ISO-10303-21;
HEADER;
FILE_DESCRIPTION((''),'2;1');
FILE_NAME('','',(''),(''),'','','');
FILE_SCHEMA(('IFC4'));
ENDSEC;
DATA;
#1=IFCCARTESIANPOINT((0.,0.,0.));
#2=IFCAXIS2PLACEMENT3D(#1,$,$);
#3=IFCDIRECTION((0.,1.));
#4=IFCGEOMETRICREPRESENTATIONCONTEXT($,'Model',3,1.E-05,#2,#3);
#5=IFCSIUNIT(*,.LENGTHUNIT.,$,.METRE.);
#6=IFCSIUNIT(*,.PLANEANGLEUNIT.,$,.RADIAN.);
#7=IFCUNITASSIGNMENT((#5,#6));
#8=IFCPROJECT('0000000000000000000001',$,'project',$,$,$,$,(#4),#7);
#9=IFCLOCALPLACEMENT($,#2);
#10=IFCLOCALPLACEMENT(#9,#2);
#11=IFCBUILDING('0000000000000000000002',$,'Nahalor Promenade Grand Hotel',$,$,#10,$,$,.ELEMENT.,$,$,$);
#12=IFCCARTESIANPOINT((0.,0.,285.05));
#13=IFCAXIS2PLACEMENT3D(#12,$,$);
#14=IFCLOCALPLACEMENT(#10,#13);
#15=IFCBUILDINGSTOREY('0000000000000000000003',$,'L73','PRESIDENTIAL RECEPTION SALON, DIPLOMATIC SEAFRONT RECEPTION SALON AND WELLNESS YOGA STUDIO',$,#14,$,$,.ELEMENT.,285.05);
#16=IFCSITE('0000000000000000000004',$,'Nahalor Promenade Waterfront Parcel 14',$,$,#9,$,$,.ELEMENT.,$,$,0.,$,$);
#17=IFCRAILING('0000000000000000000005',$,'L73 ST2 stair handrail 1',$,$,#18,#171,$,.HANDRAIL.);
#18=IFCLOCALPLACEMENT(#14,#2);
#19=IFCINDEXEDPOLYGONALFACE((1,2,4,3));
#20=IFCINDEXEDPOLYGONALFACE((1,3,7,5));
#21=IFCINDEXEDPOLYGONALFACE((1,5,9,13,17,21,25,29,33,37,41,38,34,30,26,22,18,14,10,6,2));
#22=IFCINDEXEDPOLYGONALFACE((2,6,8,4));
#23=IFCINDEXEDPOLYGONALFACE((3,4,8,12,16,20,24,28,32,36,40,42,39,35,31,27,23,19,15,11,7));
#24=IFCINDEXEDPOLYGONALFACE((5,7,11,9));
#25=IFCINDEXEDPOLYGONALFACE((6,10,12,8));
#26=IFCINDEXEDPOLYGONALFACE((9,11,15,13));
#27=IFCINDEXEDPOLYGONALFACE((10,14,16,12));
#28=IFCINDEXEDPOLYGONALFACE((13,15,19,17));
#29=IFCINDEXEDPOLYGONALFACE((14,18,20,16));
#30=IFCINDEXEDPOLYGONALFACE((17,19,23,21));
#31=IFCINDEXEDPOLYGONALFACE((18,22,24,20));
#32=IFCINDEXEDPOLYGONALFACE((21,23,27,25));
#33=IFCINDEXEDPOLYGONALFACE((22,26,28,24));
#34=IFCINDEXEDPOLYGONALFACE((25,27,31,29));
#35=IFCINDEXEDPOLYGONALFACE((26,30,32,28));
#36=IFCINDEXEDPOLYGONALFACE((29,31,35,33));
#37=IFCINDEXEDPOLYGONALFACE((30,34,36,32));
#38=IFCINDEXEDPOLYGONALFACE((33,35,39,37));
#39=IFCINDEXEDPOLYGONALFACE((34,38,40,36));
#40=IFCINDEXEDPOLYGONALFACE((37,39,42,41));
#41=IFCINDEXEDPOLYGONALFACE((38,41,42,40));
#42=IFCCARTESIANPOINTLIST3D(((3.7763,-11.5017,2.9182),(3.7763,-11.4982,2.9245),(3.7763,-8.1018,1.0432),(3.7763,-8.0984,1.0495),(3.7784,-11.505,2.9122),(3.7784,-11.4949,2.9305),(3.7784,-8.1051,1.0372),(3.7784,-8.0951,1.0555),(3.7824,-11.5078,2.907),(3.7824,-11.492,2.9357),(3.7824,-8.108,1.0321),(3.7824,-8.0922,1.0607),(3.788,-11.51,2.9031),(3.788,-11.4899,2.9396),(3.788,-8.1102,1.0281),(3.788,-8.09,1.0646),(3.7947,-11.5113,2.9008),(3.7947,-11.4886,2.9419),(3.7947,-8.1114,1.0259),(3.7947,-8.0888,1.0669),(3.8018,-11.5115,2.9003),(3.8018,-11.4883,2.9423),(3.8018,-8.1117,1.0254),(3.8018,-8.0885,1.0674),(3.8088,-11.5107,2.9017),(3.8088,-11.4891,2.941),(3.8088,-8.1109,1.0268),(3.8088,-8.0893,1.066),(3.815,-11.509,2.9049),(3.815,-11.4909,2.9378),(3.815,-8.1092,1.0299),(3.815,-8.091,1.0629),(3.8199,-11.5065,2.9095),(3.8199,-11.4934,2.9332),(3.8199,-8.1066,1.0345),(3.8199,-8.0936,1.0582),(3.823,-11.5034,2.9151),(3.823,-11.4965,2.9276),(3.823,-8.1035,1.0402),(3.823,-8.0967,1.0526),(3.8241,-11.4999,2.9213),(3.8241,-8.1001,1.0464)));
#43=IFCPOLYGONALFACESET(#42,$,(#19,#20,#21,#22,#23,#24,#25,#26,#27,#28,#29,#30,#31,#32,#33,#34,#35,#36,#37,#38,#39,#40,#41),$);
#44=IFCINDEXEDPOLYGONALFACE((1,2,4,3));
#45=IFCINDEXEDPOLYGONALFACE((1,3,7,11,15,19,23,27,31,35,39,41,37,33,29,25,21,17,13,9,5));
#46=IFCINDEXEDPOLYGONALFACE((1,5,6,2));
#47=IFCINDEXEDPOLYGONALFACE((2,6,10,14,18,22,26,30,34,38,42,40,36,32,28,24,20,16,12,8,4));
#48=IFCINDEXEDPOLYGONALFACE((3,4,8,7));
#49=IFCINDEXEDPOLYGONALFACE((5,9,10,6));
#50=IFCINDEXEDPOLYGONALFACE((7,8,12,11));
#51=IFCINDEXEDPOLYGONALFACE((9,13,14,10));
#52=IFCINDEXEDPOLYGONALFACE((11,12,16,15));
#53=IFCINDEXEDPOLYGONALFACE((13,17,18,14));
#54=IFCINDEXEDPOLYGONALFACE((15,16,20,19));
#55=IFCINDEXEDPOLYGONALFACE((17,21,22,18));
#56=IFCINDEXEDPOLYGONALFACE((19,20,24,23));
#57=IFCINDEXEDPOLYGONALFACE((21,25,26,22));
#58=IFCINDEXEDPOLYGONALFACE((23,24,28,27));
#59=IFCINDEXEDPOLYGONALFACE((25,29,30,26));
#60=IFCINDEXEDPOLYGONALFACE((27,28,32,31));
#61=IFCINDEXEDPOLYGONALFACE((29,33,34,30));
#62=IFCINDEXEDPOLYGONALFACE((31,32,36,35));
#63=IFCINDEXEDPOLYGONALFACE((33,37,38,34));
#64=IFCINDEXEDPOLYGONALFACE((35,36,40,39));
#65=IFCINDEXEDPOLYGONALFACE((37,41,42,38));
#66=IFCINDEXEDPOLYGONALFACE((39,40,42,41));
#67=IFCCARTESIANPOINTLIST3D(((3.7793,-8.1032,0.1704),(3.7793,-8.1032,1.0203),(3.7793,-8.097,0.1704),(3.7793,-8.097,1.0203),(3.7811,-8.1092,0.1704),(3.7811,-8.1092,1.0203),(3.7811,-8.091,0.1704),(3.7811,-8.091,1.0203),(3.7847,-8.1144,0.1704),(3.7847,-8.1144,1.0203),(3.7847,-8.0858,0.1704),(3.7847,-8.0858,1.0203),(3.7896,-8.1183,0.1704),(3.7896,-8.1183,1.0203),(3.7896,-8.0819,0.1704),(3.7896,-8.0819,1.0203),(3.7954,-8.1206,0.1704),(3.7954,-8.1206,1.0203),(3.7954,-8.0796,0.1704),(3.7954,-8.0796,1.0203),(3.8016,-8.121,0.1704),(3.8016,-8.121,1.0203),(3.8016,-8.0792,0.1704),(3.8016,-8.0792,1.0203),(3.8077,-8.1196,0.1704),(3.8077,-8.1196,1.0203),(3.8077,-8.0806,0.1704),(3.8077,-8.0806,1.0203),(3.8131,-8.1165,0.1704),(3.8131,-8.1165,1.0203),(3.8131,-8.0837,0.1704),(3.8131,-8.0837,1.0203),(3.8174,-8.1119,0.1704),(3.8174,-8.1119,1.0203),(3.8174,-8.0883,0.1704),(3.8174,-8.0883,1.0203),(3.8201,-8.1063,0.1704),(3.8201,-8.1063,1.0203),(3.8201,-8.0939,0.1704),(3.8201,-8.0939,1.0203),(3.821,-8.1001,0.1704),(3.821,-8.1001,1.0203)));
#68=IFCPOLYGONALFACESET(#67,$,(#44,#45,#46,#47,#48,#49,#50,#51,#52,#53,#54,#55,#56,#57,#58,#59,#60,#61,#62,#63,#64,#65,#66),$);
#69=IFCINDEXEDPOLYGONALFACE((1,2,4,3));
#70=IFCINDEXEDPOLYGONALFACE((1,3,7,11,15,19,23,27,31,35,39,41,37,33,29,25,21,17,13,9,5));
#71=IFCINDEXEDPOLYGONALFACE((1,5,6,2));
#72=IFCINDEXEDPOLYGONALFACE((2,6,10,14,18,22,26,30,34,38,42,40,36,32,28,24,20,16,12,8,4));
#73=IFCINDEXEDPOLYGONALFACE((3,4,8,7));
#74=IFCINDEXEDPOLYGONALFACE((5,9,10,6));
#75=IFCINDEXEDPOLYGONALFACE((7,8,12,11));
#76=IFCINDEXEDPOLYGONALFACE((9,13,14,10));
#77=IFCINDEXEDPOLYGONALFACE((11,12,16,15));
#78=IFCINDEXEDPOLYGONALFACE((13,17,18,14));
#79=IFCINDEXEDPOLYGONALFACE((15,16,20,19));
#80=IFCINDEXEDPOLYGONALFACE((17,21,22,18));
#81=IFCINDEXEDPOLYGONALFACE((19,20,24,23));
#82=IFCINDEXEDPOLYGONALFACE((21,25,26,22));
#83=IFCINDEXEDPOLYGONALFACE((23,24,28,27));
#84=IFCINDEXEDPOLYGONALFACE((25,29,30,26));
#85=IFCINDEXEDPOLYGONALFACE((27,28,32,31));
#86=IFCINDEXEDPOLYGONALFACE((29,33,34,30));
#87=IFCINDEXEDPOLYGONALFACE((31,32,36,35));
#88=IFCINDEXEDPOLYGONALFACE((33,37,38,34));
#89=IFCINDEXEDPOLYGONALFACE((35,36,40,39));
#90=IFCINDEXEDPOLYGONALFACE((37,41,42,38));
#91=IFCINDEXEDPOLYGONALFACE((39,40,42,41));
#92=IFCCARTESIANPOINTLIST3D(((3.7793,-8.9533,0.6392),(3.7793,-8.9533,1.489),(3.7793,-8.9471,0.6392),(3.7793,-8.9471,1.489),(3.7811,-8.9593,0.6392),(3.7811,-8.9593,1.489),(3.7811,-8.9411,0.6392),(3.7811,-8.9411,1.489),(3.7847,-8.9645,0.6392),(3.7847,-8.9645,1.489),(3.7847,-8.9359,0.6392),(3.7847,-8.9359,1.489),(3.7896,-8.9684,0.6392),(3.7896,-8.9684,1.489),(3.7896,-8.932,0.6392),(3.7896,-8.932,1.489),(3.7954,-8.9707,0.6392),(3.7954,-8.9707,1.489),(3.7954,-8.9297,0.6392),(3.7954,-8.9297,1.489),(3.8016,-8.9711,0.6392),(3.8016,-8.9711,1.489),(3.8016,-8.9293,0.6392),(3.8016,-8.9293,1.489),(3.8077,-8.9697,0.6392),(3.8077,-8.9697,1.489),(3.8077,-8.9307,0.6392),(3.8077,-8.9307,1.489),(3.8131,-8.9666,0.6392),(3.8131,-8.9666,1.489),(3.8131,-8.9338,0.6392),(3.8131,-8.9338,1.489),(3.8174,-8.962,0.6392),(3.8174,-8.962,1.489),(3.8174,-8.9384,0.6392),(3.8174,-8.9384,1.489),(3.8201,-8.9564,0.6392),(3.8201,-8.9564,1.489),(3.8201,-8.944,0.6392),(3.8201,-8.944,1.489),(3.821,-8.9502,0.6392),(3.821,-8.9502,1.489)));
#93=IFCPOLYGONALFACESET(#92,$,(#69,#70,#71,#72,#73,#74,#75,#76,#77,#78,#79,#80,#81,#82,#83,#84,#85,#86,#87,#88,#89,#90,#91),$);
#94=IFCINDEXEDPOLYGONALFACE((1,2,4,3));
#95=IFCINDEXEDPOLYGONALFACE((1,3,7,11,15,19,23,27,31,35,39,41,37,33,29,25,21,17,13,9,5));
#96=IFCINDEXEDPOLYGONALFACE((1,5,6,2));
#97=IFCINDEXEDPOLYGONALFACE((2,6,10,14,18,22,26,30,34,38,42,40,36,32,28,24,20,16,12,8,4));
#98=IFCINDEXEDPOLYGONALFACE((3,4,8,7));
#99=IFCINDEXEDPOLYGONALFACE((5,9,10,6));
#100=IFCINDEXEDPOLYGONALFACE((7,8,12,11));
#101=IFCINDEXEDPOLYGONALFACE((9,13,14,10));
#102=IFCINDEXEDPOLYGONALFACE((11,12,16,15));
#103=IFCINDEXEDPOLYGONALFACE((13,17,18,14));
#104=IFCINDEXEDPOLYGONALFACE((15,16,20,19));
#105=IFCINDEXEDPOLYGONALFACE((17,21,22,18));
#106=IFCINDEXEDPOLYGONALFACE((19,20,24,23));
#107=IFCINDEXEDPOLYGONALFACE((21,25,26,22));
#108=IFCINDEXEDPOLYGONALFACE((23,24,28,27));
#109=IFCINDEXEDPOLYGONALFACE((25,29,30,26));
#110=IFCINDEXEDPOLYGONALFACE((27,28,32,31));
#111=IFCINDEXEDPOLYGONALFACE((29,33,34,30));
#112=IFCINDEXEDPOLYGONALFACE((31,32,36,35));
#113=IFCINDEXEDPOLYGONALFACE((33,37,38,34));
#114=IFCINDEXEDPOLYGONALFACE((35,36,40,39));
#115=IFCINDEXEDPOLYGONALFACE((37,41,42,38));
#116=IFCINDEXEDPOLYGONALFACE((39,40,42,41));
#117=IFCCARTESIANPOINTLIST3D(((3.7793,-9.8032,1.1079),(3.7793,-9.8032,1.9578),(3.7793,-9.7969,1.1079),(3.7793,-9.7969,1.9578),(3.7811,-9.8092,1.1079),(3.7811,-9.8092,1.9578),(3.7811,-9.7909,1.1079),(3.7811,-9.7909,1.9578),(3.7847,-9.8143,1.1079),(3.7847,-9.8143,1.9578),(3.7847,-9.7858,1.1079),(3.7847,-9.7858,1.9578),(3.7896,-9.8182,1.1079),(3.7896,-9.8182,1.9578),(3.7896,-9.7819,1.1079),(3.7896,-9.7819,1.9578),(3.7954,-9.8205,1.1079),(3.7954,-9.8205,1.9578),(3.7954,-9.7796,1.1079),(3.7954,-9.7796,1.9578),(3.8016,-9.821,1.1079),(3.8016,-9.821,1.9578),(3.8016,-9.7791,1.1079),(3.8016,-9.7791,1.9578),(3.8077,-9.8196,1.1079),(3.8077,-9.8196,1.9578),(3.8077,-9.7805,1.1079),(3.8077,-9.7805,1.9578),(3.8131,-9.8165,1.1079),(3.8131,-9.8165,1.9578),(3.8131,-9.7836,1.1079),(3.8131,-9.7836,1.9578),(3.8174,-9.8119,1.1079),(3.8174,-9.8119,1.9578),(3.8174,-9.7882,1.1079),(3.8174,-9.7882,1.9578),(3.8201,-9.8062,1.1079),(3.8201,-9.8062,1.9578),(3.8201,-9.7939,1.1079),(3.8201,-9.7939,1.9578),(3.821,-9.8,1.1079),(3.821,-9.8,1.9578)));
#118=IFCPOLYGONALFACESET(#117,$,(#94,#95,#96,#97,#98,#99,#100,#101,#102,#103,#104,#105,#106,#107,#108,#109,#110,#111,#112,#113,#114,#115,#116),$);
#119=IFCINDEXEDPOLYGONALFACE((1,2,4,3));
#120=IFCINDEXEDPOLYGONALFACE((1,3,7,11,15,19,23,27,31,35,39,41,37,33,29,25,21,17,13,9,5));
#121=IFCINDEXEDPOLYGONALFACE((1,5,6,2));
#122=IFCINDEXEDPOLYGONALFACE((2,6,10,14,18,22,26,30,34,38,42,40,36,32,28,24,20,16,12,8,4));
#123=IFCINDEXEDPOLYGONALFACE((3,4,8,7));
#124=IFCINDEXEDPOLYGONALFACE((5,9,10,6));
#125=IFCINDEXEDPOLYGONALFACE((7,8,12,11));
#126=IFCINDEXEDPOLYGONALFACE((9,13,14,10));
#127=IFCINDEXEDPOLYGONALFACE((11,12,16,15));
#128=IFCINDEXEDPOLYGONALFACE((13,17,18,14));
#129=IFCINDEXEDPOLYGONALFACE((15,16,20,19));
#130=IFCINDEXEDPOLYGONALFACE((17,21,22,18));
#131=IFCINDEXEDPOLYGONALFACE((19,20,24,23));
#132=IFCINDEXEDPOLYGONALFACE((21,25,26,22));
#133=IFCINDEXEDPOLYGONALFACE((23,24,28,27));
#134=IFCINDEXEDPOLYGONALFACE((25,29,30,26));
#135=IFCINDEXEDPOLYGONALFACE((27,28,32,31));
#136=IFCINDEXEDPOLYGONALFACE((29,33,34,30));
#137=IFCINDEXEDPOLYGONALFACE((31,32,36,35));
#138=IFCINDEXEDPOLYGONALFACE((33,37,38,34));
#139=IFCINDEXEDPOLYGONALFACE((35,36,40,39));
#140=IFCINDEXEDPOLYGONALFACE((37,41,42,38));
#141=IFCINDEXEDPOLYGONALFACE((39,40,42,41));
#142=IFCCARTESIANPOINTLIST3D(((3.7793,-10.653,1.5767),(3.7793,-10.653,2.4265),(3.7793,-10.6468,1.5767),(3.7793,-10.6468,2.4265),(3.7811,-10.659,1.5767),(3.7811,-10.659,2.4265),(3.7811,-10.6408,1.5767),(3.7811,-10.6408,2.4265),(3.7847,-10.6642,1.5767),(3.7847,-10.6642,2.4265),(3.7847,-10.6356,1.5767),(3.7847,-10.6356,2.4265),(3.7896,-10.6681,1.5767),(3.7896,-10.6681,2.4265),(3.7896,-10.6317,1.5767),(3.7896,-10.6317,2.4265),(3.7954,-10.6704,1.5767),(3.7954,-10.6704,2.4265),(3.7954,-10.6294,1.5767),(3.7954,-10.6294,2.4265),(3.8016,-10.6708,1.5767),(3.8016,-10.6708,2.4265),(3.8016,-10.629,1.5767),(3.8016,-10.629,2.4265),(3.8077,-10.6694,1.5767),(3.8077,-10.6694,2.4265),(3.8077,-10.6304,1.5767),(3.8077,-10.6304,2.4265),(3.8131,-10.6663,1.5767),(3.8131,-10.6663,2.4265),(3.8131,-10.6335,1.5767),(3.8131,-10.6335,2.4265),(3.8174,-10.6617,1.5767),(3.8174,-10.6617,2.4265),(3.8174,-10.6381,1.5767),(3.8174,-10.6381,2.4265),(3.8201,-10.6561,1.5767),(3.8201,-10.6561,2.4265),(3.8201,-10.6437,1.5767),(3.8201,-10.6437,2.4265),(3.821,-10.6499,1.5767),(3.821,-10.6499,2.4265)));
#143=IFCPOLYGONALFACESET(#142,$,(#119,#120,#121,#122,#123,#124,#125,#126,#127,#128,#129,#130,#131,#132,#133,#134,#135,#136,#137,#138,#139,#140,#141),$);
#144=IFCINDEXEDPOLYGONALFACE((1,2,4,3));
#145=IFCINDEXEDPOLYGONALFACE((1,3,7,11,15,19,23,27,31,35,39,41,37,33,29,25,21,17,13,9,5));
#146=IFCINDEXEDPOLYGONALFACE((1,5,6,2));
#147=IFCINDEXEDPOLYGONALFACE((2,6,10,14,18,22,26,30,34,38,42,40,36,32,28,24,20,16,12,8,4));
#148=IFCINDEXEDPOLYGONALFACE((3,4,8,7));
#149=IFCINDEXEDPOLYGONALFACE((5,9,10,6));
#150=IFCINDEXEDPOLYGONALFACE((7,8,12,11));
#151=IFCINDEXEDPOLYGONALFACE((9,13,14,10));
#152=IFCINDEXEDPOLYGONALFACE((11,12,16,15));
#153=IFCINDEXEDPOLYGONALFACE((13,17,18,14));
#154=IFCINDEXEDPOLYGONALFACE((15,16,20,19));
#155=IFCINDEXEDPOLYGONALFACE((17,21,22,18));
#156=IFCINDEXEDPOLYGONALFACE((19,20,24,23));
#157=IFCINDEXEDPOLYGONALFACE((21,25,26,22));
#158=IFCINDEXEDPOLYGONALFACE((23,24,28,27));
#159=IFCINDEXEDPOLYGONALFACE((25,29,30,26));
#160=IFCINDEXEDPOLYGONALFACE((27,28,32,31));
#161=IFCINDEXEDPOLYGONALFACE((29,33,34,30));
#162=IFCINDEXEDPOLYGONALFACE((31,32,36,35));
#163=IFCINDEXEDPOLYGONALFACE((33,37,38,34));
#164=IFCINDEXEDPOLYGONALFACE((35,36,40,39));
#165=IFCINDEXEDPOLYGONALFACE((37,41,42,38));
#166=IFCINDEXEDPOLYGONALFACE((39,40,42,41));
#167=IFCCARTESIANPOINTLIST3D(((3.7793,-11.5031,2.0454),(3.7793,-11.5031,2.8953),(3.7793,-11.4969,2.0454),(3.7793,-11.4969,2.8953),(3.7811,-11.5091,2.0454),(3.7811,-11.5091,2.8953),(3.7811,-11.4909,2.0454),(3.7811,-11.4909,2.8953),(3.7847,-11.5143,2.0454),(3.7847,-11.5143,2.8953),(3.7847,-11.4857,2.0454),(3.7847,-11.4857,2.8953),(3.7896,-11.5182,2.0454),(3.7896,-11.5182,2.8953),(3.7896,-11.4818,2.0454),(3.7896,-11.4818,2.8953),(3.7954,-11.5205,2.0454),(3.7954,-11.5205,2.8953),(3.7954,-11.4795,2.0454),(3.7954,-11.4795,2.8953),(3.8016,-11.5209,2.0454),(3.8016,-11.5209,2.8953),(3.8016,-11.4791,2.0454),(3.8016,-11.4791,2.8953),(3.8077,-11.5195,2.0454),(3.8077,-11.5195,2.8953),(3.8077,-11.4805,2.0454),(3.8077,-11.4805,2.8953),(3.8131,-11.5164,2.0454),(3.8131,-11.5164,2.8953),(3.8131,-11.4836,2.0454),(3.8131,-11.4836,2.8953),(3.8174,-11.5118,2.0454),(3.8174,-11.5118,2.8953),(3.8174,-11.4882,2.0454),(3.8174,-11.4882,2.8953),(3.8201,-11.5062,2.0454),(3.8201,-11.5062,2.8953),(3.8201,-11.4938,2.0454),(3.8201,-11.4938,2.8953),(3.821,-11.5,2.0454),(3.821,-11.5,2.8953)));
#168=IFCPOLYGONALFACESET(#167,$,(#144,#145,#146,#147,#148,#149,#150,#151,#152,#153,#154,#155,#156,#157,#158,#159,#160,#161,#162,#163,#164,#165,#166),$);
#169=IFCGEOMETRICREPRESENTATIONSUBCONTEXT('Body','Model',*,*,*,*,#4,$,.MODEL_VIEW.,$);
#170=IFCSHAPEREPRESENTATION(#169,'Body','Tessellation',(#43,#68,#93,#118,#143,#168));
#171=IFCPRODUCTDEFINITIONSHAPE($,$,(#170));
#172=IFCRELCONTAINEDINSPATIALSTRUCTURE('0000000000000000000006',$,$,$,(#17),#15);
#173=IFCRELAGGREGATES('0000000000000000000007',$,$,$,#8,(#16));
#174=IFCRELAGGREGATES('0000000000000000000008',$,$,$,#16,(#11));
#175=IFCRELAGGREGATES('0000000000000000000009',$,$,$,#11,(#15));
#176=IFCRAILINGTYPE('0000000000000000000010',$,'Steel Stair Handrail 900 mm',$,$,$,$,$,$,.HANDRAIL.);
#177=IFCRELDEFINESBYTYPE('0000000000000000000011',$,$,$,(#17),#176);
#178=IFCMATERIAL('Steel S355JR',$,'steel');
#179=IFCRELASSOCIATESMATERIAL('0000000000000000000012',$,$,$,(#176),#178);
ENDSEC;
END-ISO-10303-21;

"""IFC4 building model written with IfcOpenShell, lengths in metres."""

from ifc_helpers import new_model, si_unit, direction, frame, origin, origin_2d, place, context, subcontext, project, spatial, circle, extrude, material, type_object, element, save


model = new_model("IFC4")

# Units and contexts
model_context = context("Model", 3, precision=1e-05, world=origin(), true_north=direction((0.0, 1.0)))
body_context = subcontext(model_context, "Body", "Model", "MODEL_VIEW")
ifc_project = project(units=[si_unit("LENGTHUNIT", "METRE"), si_unit("PLANEANGLEUNIT", "RADIAN")], contexts=[model_context])

# Site, building, storey
site_placement = place(None, origin())
site = spatial("IfcSite", under=ifc_project, at=site_placement, Name="Nahalor Promenade Waterfront Parcel 14", CompositionType="ELEMENT", RefElevation=0.0)
building_placement = place(site_placement, origin())
building = spatial("IfcBuilding", under=site, at=building_placement, Name="Nahalor Promenade Grand Hotel", CompositionType="ELEMENT")
storey_placement = place(building_placement, frame((0.0, 0.0, 285.05)))
storey = spatial("IfcBuildingStorey", under=building, at=storey_placement, Name="L73", Description="PRESIDENTIAL RECEPTION SALON, DIPLOMATIC SEAFRONT RECEPTION SALON AND WELLNESS YOGA STUDIO", CompositionType="ELEMENT", Elevation=285.05)

# Shared definitions
ifc_material_1 = material(Name="Steel S355JR", Category="steel")

# Railing
railing_type_1 = type_object("IfcRailingType", Name="Steel Stair Handrail 900 mm", PredefinedType="HANDRAIL", material=ifc_material_1)
railing_1_placement = place(storey_placement, frame((3.8, -8.1001, 0.1704)))
element("IfcRailing", 1, at=railing_1_placement, inside=storey, type_object=railing_type_1, Name="L73 ST2 stair handrail 1", PredefinedType="HANDRAIL", context=body_context, shape_type="SweptSolid", body=[
    extrude(circle(Radius=0.024, at=origin_2d()), frame((0.0, 0.0, 0.876), z_axis=(0.0, -0.875666, 0.482918), x_axis=(1.0, 0.0, 0.0)), (0.0, 0.0, 1.0), 3.8826),
    extrude(circle(Radius=0.021, at=origin_2d()), origin(), (0.0, 0.0, 1.0), 0.8499),
    extrude(circle(Radius=0.021, at=origin_2d()), frame((0.0, -0.8501, 0.4688)), (0.0, 0.0, 1.0), 0.8499),
    extrude(circle(Radius=0.021, at=origin_2d()), frame((0.0, -1.7, 0.9375)), (0.0, 0.0, 1.0), 0.8499),
    extrude(circle(Radius=0.021, at=origin_2d()), frame((0.0, -2.5498, 1.4062)), (0.0, 0.0, 1.0), 0.8499),
    extrude(circle(Radius=0.021, at=origin_2d()), frame((0.0, -3.3999, 1.875)), (0.0, 0.0, 1.0), 0.8499),
])

save(model, "model.ifc")
